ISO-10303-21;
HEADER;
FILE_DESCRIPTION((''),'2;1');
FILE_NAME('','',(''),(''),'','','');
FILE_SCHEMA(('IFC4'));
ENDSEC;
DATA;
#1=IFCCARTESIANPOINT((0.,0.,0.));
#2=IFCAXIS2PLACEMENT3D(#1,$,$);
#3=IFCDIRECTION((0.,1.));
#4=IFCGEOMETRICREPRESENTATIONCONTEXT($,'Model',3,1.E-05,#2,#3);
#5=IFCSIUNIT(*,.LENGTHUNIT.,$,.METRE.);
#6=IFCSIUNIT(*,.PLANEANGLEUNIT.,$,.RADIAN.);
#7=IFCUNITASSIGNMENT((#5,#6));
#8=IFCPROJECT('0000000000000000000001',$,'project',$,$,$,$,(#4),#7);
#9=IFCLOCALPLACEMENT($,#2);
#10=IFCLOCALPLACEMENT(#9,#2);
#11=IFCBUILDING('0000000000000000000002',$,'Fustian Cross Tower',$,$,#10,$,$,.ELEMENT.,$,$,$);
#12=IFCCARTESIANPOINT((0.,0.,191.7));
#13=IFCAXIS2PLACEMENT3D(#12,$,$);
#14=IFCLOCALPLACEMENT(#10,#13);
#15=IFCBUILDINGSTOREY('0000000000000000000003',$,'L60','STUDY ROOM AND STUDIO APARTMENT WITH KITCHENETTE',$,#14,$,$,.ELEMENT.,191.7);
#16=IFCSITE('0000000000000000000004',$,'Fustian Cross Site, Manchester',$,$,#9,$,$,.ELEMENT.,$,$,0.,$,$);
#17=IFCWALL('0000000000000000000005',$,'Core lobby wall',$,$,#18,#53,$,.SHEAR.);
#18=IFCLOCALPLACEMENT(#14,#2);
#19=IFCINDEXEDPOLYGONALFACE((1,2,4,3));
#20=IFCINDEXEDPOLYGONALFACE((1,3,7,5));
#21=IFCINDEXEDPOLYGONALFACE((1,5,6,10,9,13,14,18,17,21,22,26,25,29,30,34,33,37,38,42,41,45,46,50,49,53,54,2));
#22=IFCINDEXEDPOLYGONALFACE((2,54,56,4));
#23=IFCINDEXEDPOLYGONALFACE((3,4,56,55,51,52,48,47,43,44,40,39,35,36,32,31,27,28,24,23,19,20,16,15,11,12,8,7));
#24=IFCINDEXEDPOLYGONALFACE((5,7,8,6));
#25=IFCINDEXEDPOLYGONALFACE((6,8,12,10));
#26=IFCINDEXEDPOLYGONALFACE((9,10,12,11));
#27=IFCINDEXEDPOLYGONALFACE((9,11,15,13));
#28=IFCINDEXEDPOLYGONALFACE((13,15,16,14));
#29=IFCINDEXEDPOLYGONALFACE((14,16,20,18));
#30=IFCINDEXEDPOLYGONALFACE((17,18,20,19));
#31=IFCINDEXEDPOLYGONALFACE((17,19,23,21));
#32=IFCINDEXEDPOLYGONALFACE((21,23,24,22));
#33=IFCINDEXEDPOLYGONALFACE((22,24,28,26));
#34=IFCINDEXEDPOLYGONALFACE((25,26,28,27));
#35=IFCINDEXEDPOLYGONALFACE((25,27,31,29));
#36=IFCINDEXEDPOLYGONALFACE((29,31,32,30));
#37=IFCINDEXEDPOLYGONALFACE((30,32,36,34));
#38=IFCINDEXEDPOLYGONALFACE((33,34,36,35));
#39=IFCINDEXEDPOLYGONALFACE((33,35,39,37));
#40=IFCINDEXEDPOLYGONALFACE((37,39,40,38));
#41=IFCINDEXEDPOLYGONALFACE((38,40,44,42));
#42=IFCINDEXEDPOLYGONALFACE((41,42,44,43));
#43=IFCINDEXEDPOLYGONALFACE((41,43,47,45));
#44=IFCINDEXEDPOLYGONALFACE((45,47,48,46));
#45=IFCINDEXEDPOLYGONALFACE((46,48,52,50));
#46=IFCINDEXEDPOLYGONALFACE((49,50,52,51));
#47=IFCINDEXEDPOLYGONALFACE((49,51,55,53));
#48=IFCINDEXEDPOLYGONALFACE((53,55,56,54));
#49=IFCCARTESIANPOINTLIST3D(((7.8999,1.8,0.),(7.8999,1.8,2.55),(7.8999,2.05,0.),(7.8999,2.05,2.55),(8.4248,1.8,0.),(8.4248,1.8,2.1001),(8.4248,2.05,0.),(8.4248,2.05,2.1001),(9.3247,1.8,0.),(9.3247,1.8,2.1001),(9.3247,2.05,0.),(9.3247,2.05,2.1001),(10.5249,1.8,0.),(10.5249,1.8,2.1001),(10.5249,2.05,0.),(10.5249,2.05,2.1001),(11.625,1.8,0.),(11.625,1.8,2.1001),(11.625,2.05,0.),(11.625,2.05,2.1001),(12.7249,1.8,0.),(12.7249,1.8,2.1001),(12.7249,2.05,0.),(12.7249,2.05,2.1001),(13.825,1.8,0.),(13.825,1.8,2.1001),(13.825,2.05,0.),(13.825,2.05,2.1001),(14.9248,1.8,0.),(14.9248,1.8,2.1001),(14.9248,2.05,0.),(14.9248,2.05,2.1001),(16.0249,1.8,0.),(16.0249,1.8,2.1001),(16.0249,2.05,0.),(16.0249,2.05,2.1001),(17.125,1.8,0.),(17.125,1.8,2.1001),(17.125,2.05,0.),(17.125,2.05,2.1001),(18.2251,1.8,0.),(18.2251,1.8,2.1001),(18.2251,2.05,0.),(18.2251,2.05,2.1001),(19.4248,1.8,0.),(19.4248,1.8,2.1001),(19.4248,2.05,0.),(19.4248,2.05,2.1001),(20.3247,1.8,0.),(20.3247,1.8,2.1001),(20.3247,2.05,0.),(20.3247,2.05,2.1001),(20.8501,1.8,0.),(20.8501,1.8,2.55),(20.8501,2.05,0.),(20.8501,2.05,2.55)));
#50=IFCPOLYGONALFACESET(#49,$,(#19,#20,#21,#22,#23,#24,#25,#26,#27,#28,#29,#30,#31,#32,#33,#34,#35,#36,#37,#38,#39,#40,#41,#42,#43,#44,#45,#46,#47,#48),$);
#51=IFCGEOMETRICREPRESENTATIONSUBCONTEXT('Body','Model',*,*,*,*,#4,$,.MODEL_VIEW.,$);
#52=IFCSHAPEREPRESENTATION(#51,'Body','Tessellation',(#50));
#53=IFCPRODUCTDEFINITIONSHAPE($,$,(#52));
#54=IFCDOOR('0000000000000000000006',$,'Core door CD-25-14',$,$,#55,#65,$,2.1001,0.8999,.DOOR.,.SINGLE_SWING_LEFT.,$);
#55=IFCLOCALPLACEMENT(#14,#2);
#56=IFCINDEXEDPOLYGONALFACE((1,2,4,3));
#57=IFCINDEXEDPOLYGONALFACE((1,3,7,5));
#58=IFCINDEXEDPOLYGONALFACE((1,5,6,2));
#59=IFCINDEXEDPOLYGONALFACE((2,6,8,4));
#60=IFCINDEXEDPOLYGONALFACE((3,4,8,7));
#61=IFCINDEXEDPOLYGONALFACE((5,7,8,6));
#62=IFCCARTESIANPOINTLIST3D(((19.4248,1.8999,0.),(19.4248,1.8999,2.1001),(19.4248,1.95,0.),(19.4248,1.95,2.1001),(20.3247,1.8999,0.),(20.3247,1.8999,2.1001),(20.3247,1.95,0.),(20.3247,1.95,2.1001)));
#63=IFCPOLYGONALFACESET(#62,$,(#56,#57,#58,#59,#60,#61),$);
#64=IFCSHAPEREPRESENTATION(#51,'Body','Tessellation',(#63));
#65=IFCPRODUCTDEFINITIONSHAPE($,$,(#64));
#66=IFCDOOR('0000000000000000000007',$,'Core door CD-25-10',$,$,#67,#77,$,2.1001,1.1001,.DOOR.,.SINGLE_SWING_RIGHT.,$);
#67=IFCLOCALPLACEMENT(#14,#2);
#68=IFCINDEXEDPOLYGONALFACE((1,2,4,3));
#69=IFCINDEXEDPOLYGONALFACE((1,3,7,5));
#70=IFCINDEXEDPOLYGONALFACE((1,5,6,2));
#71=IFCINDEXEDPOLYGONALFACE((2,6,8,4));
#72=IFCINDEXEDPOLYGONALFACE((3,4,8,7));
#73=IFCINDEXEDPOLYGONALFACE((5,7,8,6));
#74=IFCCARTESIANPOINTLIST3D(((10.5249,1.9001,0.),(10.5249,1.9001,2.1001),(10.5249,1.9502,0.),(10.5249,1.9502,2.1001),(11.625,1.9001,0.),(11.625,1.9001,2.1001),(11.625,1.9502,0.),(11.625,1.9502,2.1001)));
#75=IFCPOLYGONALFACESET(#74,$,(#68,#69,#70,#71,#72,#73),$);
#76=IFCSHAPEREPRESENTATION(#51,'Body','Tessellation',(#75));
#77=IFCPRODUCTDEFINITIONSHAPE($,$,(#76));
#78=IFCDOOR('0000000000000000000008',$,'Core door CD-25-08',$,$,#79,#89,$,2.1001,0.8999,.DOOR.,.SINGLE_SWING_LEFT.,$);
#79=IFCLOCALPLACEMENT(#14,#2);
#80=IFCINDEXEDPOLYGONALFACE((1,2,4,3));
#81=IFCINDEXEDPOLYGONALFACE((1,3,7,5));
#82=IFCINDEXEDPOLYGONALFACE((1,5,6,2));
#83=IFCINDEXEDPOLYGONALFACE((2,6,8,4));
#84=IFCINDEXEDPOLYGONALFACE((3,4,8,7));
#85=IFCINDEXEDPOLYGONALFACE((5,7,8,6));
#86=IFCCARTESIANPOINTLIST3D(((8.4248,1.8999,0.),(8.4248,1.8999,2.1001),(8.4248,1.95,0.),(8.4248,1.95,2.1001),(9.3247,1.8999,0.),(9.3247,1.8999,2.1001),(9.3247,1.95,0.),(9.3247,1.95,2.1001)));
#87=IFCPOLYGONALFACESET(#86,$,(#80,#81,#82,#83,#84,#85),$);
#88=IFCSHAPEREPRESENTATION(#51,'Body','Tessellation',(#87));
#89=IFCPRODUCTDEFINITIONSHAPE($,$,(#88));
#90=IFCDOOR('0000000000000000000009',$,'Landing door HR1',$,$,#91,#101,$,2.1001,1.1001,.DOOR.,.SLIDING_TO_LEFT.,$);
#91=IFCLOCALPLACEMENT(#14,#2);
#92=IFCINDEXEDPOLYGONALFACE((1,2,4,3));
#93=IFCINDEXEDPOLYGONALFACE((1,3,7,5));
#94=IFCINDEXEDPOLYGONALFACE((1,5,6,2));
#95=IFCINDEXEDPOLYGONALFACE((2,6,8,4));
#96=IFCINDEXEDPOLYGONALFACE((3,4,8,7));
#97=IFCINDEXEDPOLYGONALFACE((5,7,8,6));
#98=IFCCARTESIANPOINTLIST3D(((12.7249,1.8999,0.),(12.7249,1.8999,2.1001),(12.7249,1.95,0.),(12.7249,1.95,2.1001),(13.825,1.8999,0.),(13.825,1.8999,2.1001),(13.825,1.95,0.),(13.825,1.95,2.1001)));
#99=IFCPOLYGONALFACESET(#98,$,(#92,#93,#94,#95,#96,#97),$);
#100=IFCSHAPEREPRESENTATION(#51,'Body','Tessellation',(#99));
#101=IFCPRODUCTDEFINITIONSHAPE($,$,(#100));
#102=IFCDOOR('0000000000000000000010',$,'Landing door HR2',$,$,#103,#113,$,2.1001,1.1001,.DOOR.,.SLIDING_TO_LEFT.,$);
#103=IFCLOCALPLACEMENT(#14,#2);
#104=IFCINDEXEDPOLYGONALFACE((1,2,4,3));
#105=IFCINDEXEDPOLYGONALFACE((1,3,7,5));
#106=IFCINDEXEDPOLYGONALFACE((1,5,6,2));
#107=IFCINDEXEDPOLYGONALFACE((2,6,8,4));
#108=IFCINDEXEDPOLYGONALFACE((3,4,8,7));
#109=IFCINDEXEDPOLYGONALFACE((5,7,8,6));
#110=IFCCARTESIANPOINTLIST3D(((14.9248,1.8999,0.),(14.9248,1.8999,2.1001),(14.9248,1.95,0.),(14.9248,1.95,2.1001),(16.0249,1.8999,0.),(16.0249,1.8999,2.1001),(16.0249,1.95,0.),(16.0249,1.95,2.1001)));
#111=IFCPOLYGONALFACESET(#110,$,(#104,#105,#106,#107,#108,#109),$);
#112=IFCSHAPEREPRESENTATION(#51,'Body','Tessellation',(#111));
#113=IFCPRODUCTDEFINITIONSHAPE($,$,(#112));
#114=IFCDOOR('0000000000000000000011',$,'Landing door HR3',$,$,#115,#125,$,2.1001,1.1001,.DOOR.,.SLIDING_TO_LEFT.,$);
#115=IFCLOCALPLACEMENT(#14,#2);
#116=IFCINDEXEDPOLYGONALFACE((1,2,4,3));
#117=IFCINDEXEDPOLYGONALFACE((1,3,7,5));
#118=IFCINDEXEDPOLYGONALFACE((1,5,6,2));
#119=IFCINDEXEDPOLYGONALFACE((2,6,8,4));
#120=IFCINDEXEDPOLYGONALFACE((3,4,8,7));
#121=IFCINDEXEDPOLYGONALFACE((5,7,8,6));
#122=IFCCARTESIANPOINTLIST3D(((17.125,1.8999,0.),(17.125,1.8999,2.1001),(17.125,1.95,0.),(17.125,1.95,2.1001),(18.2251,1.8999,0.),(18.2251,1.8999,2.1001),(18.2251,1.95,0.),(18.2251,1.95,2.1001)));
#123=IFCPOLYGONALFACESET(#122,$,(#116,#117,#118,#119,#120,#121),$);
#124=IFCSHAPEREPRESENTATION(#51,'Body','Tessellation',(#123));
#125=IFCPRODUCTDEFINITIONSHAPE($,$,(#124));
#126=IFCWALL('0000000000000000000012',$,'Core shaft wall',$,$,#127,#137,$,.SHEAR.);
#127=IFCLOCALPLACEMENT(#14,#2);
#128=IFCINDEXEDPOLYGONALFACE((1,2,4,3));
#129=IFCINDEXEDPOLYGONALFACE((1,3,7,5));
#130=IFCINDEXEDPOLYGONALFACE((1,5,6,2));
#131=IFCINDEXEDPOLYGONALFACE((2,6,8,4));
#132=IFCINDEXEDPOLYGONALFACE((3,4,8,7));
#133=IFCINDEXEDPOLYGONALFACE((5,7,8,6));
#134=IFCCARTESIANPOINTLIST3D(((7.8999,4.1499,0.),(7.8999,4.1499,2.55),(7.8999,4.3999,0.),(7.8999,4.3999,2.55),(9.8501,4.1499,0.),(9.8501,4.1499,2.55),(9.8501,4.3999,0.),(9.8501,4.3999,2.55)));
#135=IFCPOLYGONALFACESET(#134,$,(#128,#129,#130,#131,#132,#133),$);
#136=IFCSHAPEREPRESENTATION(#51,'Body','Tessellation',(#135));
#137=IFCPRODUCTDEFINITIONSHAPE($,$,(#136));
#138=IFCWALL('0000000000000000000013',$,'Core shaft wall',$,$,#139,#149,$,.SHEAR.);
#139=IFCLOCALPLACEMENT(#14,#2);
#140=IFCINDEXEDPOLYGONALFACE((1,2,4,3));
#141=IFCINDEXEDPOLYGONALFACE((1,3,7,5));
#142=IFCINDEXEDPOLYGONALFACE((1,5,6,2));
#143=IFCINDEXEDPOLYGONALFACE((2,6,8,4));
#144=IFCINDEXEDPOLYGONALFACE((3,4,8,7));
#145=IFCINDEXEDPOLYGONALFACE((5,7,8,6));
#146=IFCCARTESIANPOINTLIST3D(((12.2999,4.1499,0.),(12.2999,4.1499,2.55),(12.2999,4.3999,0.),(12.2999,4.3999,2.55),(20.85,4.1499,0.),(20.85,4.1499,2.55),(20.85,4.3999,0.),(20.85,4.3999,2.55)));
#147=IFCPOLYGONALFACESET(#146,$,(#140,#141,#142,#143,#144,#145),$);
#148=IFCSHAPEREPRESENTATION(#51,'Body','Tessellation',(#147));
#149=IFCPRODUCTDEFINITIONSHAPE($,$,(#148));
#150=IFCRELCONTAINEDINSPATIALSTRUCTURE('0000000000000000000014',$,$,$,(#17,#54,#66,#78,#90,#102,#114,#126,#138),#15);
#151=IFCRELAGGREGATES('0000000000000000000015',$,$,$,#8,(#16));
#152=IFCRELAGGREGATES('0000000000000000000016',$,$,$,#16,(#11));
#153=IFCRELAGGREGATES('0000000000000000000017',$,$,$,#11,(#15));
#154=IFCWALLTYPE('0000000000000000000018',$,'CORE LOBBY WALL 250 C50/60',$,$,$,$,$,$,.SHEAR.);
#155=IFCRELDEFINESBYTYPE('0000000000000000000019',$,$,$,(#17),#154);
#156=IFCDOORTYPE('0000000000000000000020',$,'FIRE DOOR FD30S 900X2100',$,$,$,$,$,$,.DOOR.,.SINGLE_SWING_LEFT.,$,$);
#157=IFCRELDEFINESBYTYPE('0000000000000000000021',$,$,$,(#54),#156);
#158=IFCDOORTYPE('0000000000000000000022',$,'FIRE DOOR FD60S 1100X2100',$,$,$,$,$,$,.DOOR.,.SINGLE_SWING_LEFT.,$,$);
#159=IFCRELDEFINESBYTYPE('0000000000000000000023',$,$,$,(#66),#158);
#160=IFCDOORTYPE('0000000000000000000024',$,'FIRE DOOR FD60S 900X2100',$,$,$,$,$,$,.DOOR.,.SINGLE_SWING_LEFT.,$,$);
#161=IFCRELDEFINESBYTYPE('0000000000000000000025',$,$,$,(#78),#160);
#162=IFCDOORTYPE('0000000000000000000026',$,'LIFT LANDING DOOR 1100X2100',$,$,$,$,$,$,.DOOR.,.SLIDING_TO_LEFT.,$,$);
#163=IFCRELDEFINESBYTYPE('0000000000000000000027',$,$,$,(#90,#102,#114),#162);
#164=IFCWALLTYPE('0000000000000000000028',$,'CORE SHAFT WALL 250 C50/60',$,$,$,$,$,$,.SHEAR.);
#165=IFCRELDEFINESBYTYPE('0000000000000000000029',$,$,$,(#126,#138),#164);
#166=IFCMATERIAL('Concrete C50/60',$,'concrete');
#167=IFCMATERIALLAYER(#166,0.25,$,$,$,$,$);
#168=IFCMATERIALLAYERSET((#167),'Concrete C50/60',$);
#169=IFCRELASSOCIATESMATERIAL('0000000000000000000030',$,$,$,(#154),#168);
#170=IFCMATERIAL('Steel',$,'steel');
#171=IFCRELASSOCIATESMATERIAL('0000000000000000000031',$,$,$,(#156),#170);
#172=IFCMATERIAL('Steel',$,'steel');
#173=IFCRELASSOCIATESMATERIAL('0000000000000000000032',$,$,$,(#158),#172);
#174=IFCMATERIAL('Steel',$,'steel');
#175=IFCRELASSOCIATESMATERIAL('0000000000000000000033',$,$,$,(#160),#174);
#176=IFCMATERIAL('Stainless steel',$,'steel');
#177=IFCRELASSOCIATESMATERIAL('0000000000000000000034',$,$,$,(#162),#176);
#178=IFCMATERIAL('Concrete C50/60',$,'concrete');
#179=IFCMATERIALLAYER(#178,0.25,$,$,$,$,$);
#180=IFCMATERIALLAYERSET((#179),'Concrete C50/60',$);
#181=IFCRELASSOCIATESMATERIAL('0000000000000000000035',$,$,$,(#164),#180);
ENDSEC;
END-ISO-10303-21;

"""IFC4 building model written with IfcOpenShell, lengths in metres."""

from ifc_helpers import new_model, si_unit, direction, frame, frame_2d, origin, place, context, subcontext, project, spatial, rectangle, extrude, material, layer, layer_set, type_object, element, fill, save


model = new_model("IFC4")

# Units and contexts
model_context = context("Model", 3, precision=1e-05, world=origin(), true_north=direction((0.0, 1.0)))
body_context = subcontext(model_context, "Body", "Model", "MODEL_VIEW")
ifc_project = project(units=[si_unit("LENGTHUNIT", "METRE"), si_unit("PLANEANGLEUNIT", "RADIAN")], contexts=[model_context])

# Site, building, storey
site_placement = place(None, origin())
site = spatial("IfcSite", under=ifc_project, at=site_placement, Name="Fustian Cross Site, Manchester", CompositionType="ELEMENT", RefElevation=0.0)
building_placement = place(site_placement, origin())
building = spatial("IfcBuilding", under=site, at=building_placement, Name="Fustian Cross Tower", CompositionType="ELEMENT")
storey_placement = place(building_placement, frame((0.0, 0.0, 191.7)))
storey = spatial("IfcBuildingStorey", under=building, at=storey_placement, Name="L60", Description="STUDY ROOM AND STUDIO APARTMENT WITH KITCHENETTE", CompositionType="ELEMENT", Elevation=191.7)

# Wall, openings, doors
ifc_material_1 = material(Name="Concrete C50/60", Category="concrete")
ifc_layer_1 = layer(ifc_material_1, 0.25)
ifc_layer_set_1 = layer_set([ifc_layer_1], Name="Concrete C50/60")
wall_type_1 = type_object("IfcWallType", Name="CORE LOBBY WALL 250 C50/60", PredefinedType="SHEAR", material=ifc_layer_set_1)
wall_1_placement = place(storey_placement, frame((7.8999, 1.925, 0.0), z_axis=(0.0, 0.0, 1.0), x_axis=(1.0, 0.0, 0.0)))
wall_1 = element("IfcWall", 1, at=wall_1_placement, inside=storey, type_object=wall_type_1, Name="Core lobby wall", PredefinedType="SHEAR", context=body_context, shape_type="SweptSolid", body=[
    extrude(rectangle(XDim=12.9502, YDim=0.25, at=frame_2d((6.4751, 0.0))), origin(), (0.0, 0.0, 1.0), 2.55),
])
opening_1_placement = place(wall_1_placement, frame((4.825, 0.0, 0.0)))
opening_1 = element("IfcOpeningElement", 2, at=opening_1_placement, cuts=wall_1, PredefinedType="OPENING", context=body_context, shape_type="SweptSolid", body=[
    extrude(rectangle(XDim=1.1001, YDim=2.1001, at=frame_2d((0.55, 1.05))), frame((0.0, 0.135, 0.0), z_axis=(0.0, -1.0, 0.0), x_axis=(1.0, 0.0, 0.0)), (0.0, 0.0, 1.0), 0.27),
])
opening_2_placement = place(wall_1_placement, frame((7.0249, 0.0, 0.0)))
opening_2 = element("IfcOpeningElement", 3, at=opening_2_placement, cuts=wall_1, PredefinedType="OPENING", context=body_context, shape_type="SweptSolid", body=[
    extrude(rectangle(XDim=1.1001, YDim=2.1001, at=frame_2d((0.55, 1.05))), frame((0.0, 0.135, 0.0), z_axis=(0.0, -1.0, 0.0), x_axis=(1.0, 0.0, 0.0)), (0.0, 0.0, 1.0), 0.27),
])
opening_3_placement = place(wall_1_placement, frame((9.2251, 0.0, 0.0)))
opening_3 = element("IfcOpeningElement", 4, at=opening_3_placement, cuts=wall_1, PredefinedType="OPENING", context=body_context, shape_type="SweptSolid", body=[
    extrude(rectangle(XDim=1.1001, YDim=2.1001, at=frame_2d((0.55, 1.05))), frame((0.0, 0.135, 0.0), z_axis=(0.0, -1.0, 0.0), x_axis=(1.0, 0.0, 0.0)), (0.0, 0.0, 1.0), 0.27),
])
opening_4_placement = place(wall_1_placement, frame((0.5249, 0.0, 0.0)))
opening_4 = element("IfcOpeningElement", 5, at=opening_4_placement, cuts=wall_1, PredefinedType="OPENING", context=body_context, shape_type="SweptSolid", body=[
    extrude(rectangle(XDim=0.8999, YDim=2.1001, at=frame_2d((0.45, 1.05))), frame((0.0, 0.135, 0.0), z_axis=(0.0, -1.0, 0.0), x_axis=(1.0, 0.0, 0.0)), (0.0, 0.0, 1.0), 0.27),
])
opening_5_placement = place(wall_1_placement, frame((2.625, 0.0, 0.0)))
opening_5 = element("IfcOpeningElement", 6, at=opening_5_placement, cuts=wall_1, PredefinedType="OPENING", context=body_context, shape_type="SweptSolid", body=[
    extrude(rectangle(XDim=1.1001, YDim=2.1001, at=frame_2d((0.55, 1.05))), frame((0.0, 0.135, 0.0), z_axis=(0.0, -1.0, 0.0), x_axis=(1.0, 0.0, 0.0)), (0.0, 0.0, 1.0), 0.27),
])
opening_6_placement = place(wall_1_placement, frame((11.5249, 0.0, 0.0)))
opening_6 = element("IfcOpeningElement", 7, at=opening_6_placement, cuts=wall_1, PredefinedType="OPENING", context=body_context, shape_type="SweptSolid", body=[
    extrude(rectangle(XDim=0.8999, YDim=2.1001, at=frame_2d((0.45, 1.05))), frame((0.0, 0.135, 0.0), z_axis=(0.0, -1.0, 0.0), x_axis=(1.0, 0.0, 0.0)), (0.0, 0.0, 1.0), 0.27),
])
ifc_material_2 = material(Name="Steel", Category="steel")
door_type_1 = type_object("IfcDoorType", Name="FIRE DOOR FD30S 900X2100", OperationType="SINGLE_SWING_LEFT", PredefinedType="DOOR", material=ifc_material_2)
door_1_placement = place(opening_6_placement, origin())
door_1 = element("IfcDoor", 8, at=door_1_placement, inside=storey, type_object=door_type_1, Name="Core door CD-25-14", OperationType="SINGLE_SWING_LEFT", OverallHeight=2.1001, OverallWidth=0.8999, PredefinedType="DOOR", context=body_context, shape_type="SweptSolid", body=[
    extrude(rectangle(XDim=0.8999, YDim=2.1001, at=frame_2d((0.45, 1.05))), frame((0.0, 0.0249, 0.0), z_axis=(0.0, -1.0, 0.0), x_axis=(1.0, 0.0, 0.0)), (0.0, 0.0, 1.0), 0.05),
])
fill(opening_6, door_1)
ifc_material_3 = material(Name="Steel", Category="steel")
door_type_2 = type_object("IfcDoorType", Name="FIRE DOOR FD60S 1100X2100", OperationType="SINGLE_SWING_LEFT", PredefinedType="DOOR", material=ifc_material_3)
door_2_placement = place(opening_5_placement, frame((1.1001, 0.0, 0.0), z_axis=(0.0, 0.0, 1.0), x_axis=(-1.0, 0.0, 0.0)))
door_2 = element("IfcDoor", 9, at=door_2_placement, inside=storey, type_object=door_type_2, Name="Core door CD-25-10", OperationType="SINGLE_SWING_RIGHT", OverallHeight=2.1001, OverallWidth=1.1001, PredefinedType="DOOR", context=body_context, shape_type="SweptSolid", body=[
    extrude(rectangle(XDim=1.1001, YDim=2.1001, at=frame_2d((0.55, 1.05))), frame((0.0, 0.0249, 0.0), z_axis=(0.0, -1.0, 0.0), x_axis=(1.0, 0.0, 0.0)), (0.0, 0.0, 1.0), 0.05),
])
fill(opening_5, door_2)
ifc_material_4 = material(Name="Steel", Category="steel")
door_type_3 = type_object("IfcDoorType", Name="FIRE DOOR FD60S 900X2100", OperationType="SINGLE_SWING_LEFT", PredefinedType="DOOR", material=ifc_material_4)
door_3_placement = place(opening_4_placement, origin())
door_3 = element("IfcDoor", 10, at=door_3_placement, inside=storey, type_object=door_type_3, Name="Core door CD-25-08", OperationType="SINGLE_SWING_LEFT", OverallHeight=2.1001, OverallWidth=0.8999, PredefinedType="DOOR", context=body_context, shape_type="SweptSolid", body=[
    extrude(rectangle(XDim=0.8999, YDim=2.1001, at=frame_2d((0.45, 1.05))), frame((0.0, 0.0249, 0.0), z_axis=(0.0, -1.0, 0.0), x_axis=(1.0, 0.0, 0.0)), (0.0, 0.0, 1.0), 0.05),
])
fill(opening_4, door_3)
ifc_material_5 = material(Name="Stainless steel", Category="steel")
door_type_4 = type_object("IfcDoorType", Name="LIFT LANDING DOOR 1100X2100", OperationType="SLIDING_TO_LEFT", PredefinedType="DOOR", material=ifc_material_5)
door_4_placement = place(opening_1_placement, origin())
door_4 = element("IfcDoor", 11, at=door_4_placement, inside=storey, type_object=door_type_4, Name="Landing door HR1", OperationType="SLIDING_TO_LEFT", OverallHeight=2.1001, OverallWidth=1.1001, PredefinedType="DOOR", context=body_context, shape_type="SweptSolid", body=[
    extrude(rectangle(XDim=1.1001, YDim=2.1001, at=frame_2d((0.55, 1.05))), frame((0.0, 0.0249, 0.0), z_axis=(0.0, -1.0, 0.0), x_axis=(1.0, 0.0, 0.0)), (0.0, 0.0, 1.0), 0.05),
])
fill(opening_1, door_4)
door_5_placement = place(opening_2_placement, origin())
door_5 = element("IfcDoor", 12, at=door_5_placement, inside=storey, type_object=door_type_4, Name="Landing door HR2", OperationType="SLIDING_TO_LEFT", OverallHeight=2.1001, OverallWidth=1.1001, PredefinedType="DOOR", context=body_context, shape_type="SweptSolid", body=[
    extrude(rectangle(XDim=1.1001, YDim=2.1001, at=frame_2d((0.55, 1.05))), frame((0.0, 0.0249, 0.0), z_axis=(0.0, -1.0, 0.0), x_axis=(1.0, 0.0, 0.0)), (0.0, 0.0, 1.0), 0.05),
])
fill(opening_2, door_5)
door_6_placement = place(opening_3_placement, origin())
door_6 = element("IfcDoor", 13, at=door_6_placement, inside=storey, type_object=door_type_4, Name="Landing door HR3", OperationType="SLIDING_TO_LEFT", OverallHeight=2.1001, OverallWidth=1.1001, PredefinedType="DOOR", context=body_context, shape_type="SweptSolid", body=[
    extrude(rectangle(XDim=1.1001, YDim=2.1001, at=frame_2d((0.55, 1.05))), frame((0.0, 0.0249, 0.0), z_axis=(0.0, -1.0, 0.0), x_axis=(1.0, 0.0, 0.0)), (0.0, 0.0, 1.0), 0.05),
])
fill(opening_3, door_6)

# Walls
ifc_material_6 = material(Name="Concrete C50/60", Category="concrete")
ifc_layer_2 = layer(ifc_material_6, 0.25)
ifc_layer_set_2 = layer_set([ifc_layer_2], Name="Concrete C50/60")
wall_type_2 = type_object("IfcWallType", Name="CORE SHAFT WALL 250 C50/60", PredefinedType="SHEAR", material=ifc_layer_set_2)
wall_2_placement = place(storey_placement, frame((7.8999, 4.2749, 0.0), z_axis=(0.0, 0.0, 1.0), x_axis=(1.0, 0.0, 0.0)))
element("IfcWall", 14, at=wall_2_placement, inside=storey, type_object=wall_type_2, Name="Core shaft wall", PredefinedType="SHEAR", context=body_context, shape_type="SweptSolid", body=[
    extrude(rectangle(XDim=1.9502, YDim=0.25, at=frame_2d((0.9751, 0.0))), origin(), (0.0, 0.0, 1.0), 2.55),
])
wall_3_placement = place(storey_placement, frame((12.3, 4.2749, 0.0), z_axis=(0.0, 0.0, 1.0), x_axis=(1.0, 0.0, 0.0)))
element("IfcWall", 15, at=wall_3_placement, inside=storey, type_object=wall_type_2, Name="Core shaft wall", PredefinedType="SHEAR", context=body_context, shape_type="SweptSolid", body=[
    extrude(rectangle(XDim=8.55, YDim=0.25, at=frame_2d((4.2749, 0.0))), origin(), (0.0, 0.0, 1.0), 2.55),
])

save(model, "model.ifc")
